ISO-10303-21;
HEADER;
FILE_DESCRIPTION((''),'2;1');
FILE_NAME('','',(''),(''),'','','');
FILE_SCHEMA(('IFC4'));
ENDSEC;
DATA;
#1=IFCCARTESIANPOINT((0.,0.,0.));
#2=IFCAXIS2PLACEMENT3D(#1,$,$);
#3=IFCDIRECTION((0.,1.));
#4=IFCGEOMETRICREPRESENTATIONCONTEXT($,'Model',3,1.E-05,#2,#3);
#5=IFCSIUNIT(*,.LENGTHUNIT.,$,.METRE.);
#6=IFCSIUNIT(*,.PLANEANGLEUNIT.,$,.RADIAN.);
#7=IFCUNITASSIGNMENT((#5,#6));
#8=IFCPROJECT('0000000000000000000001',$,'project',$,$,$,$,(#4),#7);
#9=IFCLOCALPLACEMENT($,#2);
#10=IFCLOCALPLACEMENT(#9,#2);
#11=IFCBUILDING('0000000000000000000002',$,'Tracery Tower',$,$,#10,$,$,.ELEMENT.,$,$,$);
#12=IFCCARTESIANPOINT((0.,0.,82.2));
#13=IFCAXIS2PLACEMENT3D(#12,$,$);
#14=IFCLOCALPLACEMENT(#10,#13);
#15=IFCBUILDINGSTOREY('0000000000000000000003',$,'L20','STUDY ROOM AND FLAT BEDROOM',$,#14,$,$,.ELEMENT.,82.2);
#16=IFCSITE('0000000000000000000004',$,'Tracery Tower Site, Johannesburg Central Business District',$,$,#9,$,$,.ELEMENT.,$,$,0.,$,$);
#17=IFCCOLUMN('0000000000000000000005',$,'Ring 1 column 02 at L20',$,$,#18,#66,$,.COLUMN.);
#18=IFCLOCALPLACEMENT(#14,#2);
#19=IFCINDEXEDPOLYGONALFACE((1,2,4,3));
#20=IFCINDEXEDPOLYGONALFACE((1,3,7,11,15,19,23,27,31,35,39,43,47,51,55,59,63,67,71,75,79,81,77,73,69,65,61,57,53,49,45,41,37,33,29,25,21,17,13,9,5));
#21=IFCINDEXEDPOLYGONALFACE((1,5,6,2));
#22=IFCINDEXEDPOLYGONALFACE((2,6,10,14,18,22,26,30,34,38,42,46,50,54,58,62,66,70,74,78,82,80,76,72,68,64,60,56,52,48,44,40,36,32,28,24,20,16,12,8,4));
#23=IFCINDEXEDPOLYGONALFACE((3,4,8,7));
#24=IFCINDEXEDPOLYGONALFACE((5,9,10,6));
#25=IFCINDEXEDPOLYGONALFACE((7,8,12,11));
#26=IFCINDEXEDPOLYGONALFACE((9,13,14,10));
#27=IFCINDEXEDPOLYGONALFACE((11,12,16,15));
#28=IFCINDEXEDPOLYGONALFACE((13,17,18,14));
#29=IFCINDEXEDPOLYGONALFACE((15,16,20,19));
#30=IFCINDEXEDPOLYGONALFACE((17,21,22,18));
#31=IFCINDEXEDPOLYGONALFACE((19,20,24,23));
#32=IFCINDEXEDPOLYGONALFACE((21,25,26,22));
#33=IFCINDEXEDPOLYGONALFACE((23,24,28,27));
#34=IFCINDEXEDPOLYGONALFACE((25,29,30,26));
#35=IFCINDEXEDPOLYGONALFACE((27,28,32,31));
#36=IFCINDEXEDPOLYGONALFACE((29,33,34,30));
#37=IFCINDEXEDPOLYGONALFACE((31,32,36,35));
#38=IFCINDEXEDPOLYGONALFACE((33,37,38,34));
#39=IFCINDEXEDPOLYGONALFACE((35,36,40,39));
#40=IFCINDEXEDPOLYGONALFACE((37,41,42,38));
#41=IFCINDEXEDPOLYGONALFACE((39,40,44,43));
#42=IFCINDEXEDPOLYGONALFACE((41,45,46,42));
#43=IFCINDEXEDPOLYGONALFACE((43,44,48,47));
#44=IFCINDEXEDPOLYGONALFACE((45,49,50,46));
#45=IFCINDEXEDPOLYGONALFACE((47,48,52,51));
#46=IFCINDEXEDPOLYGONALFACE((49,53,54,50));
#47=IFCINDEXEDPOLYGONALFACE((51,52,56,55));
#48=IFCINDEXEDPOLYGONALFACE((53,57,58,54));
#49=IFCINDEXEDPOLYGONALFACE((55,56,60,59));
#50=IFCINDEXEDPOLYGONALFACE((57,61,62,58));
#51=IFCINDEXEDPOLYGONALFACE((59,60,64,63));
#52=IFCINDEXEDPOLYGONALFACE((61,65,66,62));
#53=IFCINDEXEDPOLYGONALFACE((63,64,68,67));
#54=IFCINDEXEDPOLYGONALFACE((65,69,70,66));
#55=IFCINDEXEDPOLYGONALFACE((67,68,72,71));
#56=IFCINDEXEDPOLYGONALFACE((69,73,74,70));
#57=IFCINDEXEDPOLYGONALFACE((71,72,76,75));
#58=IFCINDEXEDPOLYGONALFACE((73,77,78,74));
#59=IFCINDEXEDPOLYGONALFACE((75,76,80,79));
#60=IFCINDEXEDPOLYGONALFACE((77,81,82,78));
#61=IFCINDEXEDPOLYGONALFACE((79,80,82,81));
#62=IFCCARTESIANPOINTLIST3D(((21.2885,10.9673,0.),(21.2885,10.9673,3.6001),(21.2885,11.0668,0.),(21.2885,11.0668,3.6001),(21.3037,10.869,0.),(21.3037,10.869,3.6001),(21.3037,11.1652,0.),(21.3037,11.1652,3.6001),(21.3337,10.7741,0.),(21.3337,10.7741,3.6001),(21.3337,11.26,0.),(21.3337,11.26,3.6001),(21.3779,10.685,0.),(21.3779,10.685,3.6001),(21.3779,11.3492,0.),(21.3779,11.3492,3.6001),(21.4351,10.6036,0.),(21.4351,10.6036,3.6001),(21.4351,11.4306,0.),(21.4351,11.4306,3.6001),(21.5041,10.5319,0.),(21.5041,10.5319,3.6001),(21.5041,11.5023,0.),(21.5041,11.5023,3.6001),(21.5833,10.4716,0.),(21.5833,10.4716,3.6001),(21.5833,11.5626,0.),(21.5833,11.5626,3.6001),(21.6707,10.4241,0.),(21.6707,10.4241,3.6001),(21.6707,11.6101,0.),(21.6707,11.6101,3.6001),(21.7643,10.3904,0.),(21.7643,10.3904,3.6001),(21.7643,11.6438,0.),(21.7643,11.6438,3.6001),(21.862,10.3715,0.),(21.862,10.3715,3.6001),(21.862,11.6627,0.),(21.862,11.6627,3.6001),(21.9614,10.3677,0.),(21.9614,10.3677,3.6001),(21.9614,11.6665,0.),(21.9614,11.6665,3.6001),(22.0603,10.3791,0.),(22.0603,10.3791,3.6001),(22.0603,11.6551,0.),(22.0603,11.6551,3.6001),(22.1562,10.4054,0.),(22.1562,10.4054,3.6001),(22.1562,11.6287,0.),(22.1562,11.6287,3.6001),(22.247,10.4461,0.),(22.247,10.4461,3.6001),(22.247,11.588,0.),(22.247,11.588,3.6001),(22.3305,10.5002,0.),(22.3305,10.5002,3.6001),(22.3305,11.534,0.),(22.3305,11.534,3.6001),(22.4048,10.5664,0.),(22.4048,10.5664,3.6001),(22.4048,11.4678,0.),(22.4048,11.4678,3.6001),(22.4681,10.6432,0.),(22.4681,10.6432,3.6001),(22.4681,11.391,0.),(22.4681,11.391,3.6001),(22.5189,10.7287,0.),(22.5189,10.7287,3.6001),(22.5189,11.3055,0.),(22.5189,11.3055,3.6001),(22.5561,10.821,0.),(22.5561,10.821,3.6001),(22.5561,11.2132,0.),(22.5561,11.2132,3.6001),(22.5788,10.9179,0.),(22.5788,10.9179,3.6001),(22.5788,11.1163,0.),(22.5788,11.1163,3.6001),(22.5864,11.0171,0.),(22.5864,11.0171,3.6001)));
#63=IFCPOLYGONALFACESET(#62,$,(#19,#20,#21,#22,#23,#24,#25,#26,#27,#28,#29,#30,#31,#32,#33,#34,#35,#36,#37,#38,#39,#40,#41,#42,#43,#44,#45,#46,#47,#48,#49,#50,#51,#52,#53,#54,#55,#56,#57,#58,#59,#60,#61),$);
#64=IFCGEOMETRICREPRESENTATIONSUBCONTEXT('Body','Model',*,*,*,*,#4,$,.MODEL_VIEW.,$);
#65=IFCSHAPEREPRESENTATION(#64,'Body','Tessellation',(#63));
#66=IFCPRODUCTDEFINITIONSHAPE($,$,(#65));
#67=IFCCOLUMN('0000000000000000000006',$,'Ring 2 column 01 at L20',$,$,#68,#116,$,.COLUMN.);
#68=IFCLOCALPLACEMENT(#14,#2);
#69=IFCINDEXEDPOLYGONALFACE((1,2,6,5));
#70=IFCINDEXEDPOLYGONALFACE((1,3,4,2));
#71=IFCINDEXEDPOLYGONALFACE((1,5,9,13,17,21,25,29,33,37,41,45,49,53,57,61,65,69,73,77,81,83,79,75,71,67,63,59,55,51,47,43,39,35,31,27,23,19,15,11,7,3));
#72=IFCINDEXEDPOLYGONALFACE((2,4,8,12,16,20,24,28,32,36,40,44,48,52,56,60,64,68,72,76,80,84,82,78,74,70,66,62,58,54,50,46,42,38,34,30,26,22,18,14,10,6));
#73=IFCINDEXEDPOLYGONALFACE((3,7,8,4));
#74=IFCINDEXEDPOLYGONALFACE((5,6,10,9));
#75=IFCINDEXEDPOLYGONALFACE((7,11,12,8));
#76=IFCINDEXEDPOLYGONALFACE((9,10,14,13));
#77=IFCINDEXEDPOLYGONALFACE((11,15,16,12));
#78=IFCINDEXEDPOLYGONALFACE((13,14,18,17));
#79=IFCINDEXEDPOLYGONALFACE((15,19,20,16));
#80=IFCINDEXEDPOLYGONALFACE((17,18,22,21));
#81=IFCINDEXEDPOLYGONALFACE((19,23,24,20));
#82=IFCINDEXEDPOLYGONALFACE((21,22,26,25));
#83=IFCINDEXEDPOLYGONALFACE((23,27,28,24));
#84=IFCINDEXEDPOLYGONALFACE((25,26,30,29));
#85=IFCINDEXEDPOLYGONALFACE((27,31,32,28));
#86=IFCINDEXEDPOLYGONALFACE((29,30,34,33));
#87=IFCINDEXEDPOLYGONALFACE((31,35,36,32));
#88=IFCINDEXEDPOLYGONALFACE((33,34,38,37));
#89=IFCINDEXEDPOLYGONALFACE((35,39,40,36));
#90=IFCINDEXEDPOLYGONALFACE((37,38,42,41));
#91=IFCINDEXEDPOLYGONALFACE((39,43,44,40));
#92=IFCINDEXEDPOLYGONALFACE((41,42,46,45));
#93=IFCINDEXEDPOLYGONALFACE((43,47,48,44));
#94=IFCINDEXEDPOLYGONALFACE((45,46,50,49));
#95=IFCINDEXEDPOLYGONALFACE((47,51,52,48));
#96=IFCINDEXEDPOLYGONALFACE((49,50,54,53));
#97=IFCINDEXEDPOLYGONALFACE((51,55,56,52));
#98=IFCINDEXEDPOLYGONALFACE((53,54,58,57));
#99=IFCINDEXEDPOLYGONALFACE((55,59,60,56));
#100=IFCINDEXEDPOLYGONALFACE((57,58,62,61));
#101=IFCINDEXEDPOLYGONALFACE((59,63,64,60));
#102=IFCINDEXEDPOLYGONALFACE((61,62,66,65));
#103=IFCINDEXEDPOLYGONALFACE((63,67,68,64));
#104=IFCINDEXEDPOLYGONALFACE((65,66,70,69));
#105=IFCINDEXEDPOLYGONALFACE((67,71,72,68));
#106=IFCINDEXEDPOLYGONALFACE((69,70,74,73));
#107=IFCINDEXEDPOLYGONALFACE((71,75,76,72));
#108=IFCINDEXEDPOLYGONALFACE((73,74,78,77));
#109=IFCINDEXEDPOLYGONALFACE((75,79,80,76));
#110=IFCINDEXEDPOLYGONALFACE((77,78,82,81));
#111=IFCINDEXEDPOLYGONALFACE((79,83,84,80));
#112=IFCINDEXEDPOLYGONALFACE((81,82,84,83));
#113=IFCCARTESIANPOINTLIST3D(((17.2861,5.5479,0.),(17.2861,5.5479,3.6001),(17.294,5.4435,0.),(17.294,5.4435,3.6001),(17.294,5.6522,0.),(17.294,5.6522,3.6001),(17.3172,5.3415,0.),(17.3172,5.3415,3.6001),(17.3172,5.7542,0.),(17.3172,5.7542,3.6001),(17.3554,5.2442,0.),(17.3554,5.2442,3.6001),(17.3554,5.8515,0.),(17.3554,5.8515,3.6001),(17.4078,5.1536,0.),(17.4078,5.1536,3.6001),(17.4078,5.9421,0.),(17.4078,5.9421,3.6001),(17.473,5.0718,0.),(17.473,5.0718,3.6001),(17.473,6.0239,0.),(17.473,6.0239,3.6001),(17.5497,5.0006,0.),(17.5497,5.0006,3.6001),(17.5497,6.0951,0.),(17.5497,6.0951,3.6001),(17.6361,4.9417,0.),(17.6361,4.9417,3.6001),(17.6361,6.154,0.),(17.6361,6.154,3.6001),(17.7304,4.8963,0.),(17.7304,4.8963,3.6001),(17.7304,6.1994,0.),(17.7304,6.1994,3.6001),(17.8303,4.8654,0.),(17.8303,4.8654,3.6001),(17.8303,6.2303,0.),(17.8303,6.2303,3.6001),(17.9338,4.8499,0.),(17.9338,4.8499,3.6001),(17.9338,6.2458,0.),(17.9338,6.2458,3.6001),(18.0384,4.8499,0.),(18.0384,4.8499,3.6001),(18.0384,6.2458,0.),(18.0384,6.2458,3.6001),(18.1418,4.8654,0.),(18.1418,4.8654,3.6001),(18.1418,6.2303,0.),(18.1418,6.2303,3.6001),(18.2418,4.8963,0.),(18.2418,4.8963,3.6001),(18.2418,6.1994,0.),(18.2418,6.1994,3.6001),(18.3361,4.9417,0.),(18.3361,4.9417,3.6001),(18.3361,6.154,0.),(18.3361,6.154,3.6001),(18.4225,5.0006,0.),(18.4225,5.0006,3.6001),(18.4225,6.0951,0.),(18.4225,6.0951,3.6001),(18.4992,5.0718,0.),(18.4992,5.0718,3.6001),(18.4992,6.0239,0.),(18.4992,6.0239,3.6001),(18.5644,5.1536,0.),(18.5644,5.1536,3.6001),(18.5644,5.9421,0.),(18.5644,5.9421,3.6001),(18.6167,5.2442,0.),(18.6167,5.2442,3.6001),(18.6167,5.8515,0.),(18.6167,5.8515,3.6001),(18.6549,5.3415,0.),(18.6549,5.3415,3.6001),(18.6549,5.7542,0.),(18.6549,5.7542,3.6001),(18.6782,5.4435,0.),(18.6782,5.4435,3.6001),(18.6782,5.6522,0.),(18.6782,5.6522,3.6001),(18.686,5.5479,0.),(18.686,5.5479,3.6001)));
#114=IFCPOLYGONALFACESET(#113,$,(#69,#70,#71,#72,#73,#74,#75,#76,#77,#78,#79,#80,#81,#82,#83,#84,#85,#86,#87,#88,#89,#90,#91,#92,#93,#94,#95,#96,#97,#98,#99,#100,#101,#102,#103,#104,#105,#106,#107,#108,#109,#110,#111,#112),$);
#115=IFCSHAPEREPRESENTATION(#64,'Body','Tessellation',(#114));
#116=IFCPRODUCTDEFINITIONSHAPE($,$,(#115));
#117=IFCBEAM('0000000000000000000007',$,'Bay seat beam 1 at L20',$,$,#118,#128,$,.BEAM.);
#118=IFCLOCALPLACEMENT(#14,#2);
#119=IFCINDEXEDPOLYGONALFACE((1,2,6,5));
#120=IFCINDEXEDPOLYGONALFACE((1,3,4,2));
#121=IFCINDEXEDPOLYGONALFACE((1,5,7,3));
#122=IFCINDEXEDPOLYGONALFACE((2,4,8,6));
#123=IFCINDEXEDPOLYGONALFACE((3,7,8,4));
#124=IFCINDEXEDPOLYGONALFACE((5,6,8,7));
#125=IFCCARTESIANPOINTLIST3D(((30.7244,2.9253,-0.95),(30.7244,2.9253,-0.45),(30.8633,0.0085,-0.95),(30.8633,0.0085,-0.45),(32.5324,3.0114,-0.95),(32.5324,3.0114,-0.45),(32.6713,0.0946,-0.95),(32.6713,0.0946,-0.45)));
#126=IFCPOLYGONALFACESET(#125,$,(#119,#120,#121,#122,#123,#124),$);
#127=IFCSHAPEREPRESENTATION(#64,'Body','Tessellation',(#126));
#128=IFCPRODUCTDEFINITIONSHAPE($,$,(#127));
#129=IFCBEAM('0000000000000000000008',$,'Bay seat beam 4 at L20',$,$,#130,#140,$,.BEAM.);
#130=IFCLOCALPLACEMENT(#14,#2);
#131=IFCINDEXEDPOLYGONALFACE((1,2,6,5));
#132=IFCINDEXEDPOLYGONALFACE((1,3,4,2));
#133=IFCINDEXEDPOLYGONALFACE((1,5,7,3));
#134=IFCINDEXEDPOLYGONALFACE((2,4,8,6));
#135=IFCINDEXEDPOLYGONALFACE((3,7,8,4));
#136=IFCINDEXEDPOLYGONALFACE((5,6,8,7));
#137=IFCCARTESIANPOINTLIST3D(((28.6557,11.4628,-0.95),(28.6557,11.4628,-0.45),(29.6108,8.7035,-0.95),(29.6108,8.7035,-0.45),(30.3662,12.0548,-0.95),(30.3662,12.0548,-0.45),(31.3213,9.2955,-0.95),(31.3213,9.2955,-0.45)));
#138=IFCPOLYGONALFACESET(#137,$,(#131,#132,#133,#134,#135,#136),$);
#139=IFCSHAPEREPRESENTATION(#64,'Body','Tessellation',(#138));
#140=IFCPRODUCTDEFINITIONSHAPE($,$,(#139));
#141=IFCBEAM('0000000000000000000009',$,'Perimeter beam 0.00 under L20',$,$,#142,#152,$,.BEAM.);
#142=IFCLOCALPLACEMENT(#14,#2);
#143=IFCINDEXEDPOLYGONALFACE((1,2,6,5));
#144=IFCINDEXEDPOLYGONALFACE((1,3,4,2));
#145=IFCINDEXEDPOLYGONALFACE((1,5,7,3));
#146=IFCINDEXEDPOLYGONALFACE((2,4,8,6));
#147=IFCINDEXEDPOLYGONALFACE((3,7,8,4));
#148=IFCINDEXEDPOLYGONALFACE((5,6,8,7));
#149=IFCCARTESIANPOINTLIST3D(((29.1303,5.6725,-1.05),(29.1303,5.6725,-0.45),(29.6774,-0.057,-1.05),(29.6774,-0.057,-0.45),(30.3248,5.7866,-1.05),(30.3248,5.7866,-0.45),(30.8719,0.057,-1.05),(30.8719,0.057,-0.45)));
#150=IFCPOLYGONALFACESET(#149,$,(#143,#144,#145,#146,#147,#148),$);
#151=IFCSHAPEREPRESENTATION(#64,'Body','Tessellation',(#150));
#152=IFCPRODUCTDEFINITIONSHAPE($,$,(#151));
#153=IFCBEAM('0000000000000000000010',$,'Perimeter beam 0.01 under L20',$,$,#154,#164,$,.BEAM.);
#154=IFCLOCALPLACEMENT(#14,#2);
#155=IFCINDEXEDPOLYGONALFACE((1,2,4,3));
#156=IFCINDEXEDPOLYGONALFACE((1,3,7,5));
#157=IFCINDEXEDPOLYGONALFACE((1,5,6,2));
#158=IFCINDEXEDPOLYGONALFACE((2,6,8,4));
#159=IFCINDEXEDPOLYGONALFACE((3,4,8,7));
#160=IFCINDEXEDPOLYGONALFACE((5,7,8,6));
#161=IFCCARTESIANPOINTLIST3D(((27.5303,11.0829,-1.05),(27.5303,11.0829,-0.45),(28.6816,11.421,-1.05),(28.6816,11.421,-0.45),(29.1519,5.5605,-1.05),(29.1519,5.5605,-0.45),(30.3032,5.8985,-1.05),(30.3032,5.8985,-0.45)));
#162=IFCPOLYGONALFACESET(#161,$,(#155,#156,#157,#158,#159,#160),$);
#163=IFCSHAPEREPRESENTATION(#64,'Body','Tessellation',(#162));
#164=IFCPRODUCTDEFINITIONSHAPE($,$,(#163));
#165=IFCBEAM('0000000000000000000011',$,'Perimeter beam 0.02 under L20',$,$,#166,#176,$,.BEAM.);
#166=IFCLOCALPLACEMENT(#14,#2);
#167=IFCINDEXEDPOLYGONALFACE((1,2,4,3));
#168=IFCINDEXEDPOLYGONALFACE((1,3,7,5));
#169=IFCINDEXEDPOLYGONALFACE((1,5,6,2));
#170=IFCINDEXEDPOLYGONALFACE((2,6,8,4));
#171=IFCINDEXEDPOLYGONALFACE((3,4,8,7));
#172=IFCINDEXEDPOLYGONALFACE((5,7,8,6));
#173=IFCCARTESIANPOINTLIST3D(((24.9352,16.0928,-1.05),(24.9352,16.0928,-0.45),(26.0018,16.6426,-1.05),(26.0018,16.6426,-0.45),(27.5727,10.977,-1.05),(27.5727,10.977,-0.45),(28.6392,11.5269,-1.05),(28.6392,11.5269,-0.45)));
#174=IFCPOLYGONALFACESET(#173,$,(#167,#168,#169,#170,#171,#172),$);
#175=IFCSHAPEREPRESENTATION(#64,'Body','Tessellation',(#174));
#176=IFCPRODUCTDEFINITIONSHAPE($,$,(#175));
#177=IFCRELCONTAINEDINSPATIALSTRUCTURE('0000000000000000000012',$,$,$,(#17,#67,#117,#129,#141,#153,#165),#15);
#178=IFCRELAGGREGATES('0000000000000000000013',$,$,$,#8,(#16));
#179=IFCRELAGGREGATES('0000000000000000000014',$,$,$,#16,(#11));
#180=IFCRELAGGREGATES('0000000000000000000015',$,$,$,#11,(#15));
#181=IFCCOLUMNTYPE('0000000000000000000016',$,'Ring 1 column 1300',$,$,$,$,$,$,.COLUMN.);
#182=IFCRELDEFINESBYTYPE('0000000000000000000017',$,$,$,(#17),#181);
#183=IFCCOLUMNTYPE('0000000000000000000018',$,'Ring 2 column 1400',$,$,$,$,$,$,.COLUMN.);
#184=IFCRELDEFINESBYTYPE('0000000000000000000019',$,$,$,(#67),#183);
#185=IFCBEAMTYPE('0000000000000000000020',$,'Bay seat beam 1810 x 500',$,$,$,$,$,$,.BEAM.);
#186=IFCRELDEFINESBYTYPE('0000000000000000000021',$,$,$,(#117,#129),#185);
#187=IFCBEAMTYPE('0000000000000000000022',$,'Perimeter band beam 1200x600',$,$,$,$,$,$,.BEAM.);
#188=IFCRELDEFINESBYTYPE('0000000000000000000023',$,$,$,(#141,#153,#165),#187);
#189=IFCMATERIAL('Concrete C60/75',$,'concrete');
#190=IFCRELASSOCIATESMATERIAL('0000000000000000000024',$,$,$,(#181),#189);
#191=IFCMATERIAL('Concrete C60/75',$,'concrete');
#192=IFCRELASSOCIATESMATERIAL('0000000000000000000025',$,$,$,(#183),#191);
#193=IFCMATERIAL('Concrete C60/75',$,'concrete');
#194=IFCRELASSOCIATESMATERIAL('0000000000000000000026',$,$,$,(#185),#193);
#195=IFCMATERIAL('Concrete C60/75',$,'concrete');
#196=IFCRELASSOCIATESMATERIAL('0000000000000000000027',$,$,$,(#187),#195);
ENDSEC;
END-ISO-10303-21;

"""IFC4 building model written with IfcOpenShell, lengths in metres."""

from ifc_helpers import new_model, si_unit, direction, frame, origin, origin_2d, place, context, subcontext, project, spatial, rectangle, circle, extrude, material, material_profile, profile_set, type_object, element, save


model = new_model("IFC4")

# Units and contexts
model_context = context("Model", 3, precision=1e-05, world=origin(), true_north=direction((0.0, 1.0)))
body_context = subcontext(model_context, "Body", "Model", "MODEL_VIEW")
ifc_project = project(units=[si_unit("LENGTHUNIT", "METRE"), si_unit("PLANEANGLEUNIT", "RADIAN")], contexts=[model_context])

# Site, building, storey
site_placement = place(None, origin())
site = spatial("IfcSite", under=ifc_project, at=site_placement, Name="Tracery Tower Site, Johannesburg Central Business District", CompositionType="ELEMENT", RefElevation=0.0)
building_placement = place(site_placement, origin())
building = spatial("IfcBuilding", under=site, at=building_placement, Name="Tracery Tower", CompositionType="ELEMENT")
storey_placement = place(building_placement, frame((0.0, 0.0, 82.2)))
storey = spatial("IfcBuildingStorey", under=building, at=storey_placement, Name="L20", Description="STUDY ROOM AND FLAT BEDROOM", CompositionType="ELEMENT", Elevation=82.2)

# Columns
ifc_material_1 = material(Name="Concrete C60/75", Category="concrete")
ifc_material_profile_1 = material_profile(ifc_material_1, circle(Radius=0.6499, at=origin_2d()), Name="RC D1300")
ifc_profile_set_1 = profile_set([ifc_material_profile_1], Name="Concrete C60/75")
column_type_1 = type_object("IfcColumnType", Name="Ring 1 column 1300", PredefinedType="COLUMN", material=ifc_profile_set_1)
for number, where, z_axis, x_axis, name in (
    (1, (21.9365, 11.0171, 0.0), (0.0, 0.0, 1.0), (1.0, 0.0, 0.0), "Ring 1 column 02 at L20"),
):
    element("IfcColumn", number, at=place(storey_placement, frame(where, z_axis=z_axis, x_axis=x_axis)), inside=storey, type_object=column_type_1, Name=name, PredefinedType="COLUMN", context=body_context, shape_type="SweptSolid", body=[
        extrude(circle(Radius=0.6499, at=origin_2d()), origin(), (0.0, 0.0, 1.0), 3.6001),
    ])
ifc_material_2 = material(Name="Concrete C60/75", Category="concrete")
ifc_material_profile_2 = material_profile(ifc_material_2, circle(Radius=0.7, at=origin_2d()), Name="RC D1400")
ifc_profile_set_2 = profile_set([ifc_material_profile_2], Name="Concrete C60/75")
column_type_2 = type_object("IfcColumnType", Name="Ring 2 column 1400", PredefinedType="COLUMN", material=ifc_profile_set_2)
column_placement = place(storey_placement, frame((17.9861, 5.5479, 0.0), z_axis=(0.0, 0.0, 1.0), x_axis=(1.0, 0.0, 0.0)))
element("IfcColumn", 2, at=column_placement, inside=storey, type_object=column_type_2, Name="Ring 2 column 01 at L20", PredefinedType="COLUMN", context=body_context, shape_type="SweptSolid", body=[
    extrude(circle(Radius=0.7, at=origin_2d()), origin(), (0.0, 0.0, 1.0), 3.6001),
])

# Beams
ifc_material_3 = material(Name="Concrete C60/75", Category="concrete")
ifc_material_profile_3 = material_profile(ifc_material_3, rectangle(XDim=1.8101, YDim=0.5, at=origin_2d()), Name="RC 1810x500")
ifc_profile_set_3 = profile_set([ifc_material_profile_3], Name="Concrete C60/75")
beam_type_1 = type_object("IfcBeamType", Name="Bay seat beam 1810 x 500", PredefinedType="BEAM", material=ifc_profile_set_3)
beam_1_placement = place(storey_placement, frame((31.7673, 0.0515, -0.7), z_axis=(-0.047573, 0.998868, 0.0), x_axis=(-0.998868, -0.047573, 0.0)))
element("IfcBeam", 3, at=beam_1_placement, inside=storey, type_object=beam_type_1, Name="Bay seat beam 1 at L20", PredefinedType="BEAM", context=body_context, shape_type="SweptSolid", body=[
    extrude(rectangle(XDim=1.8101, YDim=0.5, at=origin_2d()), origin(), (0.0, 0.0, 1.0), 2.9202),
])
beam_2_placement = place(storey_placement, frame((30.4661, 8.9995, -0.7), z_axis=(-0.327093, 0.944992, 0.0), x_axis=(-0.944992, -0.327093, 0.0)))
element("IfcBeam", 4, at=beam_2_placement, inside=storey, type_object=beam_type_1, Name="Bay seat beam 4 at L20", PredefinedType="BEAM", context=body_context, shape_type="SweptSolid", body=[
    extrude(rectangle(XDim=1.8101, YDim=0.5, at=origin_2d()), origin(), (0.0, 0.0, 1.0), 2.9199),
])
ifc_material_4 = material(Name="Concrete C60/75", Category="concrete")
ifc_material_profile_4 = material_profile(ifc_material_4, rectangle(XDim=1.2, YDim=0.6001, at=origin_2d()), Name="RC 1200x600")
ifc_profile_set_4 = profile_set([ifc_material_profile_4], Name="Concrete C60/75")
beam_type_2 = type_object("IfcBeamType", Name="Perimeter band beam 1200x600", PredefinedType="BEAM", material=ifc_profile_set_4)
for number, where, z_axis, x_axis, name in (
    (5, (30.2747, 0.0, -0.75), (-0.095059, 0.995472, 0.0), (-0.995472, -0.095059, 0.0), "Perimeter beam 0.00 under L20"),
    (6, (29.7275, 5.7295, -0.75), (-0.281739, 0.959491, 0.0), (-0.959491, -0.281739, 0.0), "Perimeter beam 0.01 under L20"),
    (7, (28.106, 11.252, -0.75), (-0.458242, 0.888827, 0.0), (-0.888827, -0.458242, 0.0), "Perimeter beam 0.02 under L20"),
):
    element("IfcBeam", number, at=place(storey_placement, frame(where, z_axis=z_axis, x_axis=x_axis)), inside=storey, type_object=beam_type_2, Name=name, PredefinedType="BEAM", context=body_context, shape_type="SweptSolid", body=[
        extrude(rectangle(XDim=1.2, YDim=0.6001, at=origin_2d()), origin(), (0.0, 0.0, 1.0), 5.7556),
    ])

save(model, "model.ifc")
